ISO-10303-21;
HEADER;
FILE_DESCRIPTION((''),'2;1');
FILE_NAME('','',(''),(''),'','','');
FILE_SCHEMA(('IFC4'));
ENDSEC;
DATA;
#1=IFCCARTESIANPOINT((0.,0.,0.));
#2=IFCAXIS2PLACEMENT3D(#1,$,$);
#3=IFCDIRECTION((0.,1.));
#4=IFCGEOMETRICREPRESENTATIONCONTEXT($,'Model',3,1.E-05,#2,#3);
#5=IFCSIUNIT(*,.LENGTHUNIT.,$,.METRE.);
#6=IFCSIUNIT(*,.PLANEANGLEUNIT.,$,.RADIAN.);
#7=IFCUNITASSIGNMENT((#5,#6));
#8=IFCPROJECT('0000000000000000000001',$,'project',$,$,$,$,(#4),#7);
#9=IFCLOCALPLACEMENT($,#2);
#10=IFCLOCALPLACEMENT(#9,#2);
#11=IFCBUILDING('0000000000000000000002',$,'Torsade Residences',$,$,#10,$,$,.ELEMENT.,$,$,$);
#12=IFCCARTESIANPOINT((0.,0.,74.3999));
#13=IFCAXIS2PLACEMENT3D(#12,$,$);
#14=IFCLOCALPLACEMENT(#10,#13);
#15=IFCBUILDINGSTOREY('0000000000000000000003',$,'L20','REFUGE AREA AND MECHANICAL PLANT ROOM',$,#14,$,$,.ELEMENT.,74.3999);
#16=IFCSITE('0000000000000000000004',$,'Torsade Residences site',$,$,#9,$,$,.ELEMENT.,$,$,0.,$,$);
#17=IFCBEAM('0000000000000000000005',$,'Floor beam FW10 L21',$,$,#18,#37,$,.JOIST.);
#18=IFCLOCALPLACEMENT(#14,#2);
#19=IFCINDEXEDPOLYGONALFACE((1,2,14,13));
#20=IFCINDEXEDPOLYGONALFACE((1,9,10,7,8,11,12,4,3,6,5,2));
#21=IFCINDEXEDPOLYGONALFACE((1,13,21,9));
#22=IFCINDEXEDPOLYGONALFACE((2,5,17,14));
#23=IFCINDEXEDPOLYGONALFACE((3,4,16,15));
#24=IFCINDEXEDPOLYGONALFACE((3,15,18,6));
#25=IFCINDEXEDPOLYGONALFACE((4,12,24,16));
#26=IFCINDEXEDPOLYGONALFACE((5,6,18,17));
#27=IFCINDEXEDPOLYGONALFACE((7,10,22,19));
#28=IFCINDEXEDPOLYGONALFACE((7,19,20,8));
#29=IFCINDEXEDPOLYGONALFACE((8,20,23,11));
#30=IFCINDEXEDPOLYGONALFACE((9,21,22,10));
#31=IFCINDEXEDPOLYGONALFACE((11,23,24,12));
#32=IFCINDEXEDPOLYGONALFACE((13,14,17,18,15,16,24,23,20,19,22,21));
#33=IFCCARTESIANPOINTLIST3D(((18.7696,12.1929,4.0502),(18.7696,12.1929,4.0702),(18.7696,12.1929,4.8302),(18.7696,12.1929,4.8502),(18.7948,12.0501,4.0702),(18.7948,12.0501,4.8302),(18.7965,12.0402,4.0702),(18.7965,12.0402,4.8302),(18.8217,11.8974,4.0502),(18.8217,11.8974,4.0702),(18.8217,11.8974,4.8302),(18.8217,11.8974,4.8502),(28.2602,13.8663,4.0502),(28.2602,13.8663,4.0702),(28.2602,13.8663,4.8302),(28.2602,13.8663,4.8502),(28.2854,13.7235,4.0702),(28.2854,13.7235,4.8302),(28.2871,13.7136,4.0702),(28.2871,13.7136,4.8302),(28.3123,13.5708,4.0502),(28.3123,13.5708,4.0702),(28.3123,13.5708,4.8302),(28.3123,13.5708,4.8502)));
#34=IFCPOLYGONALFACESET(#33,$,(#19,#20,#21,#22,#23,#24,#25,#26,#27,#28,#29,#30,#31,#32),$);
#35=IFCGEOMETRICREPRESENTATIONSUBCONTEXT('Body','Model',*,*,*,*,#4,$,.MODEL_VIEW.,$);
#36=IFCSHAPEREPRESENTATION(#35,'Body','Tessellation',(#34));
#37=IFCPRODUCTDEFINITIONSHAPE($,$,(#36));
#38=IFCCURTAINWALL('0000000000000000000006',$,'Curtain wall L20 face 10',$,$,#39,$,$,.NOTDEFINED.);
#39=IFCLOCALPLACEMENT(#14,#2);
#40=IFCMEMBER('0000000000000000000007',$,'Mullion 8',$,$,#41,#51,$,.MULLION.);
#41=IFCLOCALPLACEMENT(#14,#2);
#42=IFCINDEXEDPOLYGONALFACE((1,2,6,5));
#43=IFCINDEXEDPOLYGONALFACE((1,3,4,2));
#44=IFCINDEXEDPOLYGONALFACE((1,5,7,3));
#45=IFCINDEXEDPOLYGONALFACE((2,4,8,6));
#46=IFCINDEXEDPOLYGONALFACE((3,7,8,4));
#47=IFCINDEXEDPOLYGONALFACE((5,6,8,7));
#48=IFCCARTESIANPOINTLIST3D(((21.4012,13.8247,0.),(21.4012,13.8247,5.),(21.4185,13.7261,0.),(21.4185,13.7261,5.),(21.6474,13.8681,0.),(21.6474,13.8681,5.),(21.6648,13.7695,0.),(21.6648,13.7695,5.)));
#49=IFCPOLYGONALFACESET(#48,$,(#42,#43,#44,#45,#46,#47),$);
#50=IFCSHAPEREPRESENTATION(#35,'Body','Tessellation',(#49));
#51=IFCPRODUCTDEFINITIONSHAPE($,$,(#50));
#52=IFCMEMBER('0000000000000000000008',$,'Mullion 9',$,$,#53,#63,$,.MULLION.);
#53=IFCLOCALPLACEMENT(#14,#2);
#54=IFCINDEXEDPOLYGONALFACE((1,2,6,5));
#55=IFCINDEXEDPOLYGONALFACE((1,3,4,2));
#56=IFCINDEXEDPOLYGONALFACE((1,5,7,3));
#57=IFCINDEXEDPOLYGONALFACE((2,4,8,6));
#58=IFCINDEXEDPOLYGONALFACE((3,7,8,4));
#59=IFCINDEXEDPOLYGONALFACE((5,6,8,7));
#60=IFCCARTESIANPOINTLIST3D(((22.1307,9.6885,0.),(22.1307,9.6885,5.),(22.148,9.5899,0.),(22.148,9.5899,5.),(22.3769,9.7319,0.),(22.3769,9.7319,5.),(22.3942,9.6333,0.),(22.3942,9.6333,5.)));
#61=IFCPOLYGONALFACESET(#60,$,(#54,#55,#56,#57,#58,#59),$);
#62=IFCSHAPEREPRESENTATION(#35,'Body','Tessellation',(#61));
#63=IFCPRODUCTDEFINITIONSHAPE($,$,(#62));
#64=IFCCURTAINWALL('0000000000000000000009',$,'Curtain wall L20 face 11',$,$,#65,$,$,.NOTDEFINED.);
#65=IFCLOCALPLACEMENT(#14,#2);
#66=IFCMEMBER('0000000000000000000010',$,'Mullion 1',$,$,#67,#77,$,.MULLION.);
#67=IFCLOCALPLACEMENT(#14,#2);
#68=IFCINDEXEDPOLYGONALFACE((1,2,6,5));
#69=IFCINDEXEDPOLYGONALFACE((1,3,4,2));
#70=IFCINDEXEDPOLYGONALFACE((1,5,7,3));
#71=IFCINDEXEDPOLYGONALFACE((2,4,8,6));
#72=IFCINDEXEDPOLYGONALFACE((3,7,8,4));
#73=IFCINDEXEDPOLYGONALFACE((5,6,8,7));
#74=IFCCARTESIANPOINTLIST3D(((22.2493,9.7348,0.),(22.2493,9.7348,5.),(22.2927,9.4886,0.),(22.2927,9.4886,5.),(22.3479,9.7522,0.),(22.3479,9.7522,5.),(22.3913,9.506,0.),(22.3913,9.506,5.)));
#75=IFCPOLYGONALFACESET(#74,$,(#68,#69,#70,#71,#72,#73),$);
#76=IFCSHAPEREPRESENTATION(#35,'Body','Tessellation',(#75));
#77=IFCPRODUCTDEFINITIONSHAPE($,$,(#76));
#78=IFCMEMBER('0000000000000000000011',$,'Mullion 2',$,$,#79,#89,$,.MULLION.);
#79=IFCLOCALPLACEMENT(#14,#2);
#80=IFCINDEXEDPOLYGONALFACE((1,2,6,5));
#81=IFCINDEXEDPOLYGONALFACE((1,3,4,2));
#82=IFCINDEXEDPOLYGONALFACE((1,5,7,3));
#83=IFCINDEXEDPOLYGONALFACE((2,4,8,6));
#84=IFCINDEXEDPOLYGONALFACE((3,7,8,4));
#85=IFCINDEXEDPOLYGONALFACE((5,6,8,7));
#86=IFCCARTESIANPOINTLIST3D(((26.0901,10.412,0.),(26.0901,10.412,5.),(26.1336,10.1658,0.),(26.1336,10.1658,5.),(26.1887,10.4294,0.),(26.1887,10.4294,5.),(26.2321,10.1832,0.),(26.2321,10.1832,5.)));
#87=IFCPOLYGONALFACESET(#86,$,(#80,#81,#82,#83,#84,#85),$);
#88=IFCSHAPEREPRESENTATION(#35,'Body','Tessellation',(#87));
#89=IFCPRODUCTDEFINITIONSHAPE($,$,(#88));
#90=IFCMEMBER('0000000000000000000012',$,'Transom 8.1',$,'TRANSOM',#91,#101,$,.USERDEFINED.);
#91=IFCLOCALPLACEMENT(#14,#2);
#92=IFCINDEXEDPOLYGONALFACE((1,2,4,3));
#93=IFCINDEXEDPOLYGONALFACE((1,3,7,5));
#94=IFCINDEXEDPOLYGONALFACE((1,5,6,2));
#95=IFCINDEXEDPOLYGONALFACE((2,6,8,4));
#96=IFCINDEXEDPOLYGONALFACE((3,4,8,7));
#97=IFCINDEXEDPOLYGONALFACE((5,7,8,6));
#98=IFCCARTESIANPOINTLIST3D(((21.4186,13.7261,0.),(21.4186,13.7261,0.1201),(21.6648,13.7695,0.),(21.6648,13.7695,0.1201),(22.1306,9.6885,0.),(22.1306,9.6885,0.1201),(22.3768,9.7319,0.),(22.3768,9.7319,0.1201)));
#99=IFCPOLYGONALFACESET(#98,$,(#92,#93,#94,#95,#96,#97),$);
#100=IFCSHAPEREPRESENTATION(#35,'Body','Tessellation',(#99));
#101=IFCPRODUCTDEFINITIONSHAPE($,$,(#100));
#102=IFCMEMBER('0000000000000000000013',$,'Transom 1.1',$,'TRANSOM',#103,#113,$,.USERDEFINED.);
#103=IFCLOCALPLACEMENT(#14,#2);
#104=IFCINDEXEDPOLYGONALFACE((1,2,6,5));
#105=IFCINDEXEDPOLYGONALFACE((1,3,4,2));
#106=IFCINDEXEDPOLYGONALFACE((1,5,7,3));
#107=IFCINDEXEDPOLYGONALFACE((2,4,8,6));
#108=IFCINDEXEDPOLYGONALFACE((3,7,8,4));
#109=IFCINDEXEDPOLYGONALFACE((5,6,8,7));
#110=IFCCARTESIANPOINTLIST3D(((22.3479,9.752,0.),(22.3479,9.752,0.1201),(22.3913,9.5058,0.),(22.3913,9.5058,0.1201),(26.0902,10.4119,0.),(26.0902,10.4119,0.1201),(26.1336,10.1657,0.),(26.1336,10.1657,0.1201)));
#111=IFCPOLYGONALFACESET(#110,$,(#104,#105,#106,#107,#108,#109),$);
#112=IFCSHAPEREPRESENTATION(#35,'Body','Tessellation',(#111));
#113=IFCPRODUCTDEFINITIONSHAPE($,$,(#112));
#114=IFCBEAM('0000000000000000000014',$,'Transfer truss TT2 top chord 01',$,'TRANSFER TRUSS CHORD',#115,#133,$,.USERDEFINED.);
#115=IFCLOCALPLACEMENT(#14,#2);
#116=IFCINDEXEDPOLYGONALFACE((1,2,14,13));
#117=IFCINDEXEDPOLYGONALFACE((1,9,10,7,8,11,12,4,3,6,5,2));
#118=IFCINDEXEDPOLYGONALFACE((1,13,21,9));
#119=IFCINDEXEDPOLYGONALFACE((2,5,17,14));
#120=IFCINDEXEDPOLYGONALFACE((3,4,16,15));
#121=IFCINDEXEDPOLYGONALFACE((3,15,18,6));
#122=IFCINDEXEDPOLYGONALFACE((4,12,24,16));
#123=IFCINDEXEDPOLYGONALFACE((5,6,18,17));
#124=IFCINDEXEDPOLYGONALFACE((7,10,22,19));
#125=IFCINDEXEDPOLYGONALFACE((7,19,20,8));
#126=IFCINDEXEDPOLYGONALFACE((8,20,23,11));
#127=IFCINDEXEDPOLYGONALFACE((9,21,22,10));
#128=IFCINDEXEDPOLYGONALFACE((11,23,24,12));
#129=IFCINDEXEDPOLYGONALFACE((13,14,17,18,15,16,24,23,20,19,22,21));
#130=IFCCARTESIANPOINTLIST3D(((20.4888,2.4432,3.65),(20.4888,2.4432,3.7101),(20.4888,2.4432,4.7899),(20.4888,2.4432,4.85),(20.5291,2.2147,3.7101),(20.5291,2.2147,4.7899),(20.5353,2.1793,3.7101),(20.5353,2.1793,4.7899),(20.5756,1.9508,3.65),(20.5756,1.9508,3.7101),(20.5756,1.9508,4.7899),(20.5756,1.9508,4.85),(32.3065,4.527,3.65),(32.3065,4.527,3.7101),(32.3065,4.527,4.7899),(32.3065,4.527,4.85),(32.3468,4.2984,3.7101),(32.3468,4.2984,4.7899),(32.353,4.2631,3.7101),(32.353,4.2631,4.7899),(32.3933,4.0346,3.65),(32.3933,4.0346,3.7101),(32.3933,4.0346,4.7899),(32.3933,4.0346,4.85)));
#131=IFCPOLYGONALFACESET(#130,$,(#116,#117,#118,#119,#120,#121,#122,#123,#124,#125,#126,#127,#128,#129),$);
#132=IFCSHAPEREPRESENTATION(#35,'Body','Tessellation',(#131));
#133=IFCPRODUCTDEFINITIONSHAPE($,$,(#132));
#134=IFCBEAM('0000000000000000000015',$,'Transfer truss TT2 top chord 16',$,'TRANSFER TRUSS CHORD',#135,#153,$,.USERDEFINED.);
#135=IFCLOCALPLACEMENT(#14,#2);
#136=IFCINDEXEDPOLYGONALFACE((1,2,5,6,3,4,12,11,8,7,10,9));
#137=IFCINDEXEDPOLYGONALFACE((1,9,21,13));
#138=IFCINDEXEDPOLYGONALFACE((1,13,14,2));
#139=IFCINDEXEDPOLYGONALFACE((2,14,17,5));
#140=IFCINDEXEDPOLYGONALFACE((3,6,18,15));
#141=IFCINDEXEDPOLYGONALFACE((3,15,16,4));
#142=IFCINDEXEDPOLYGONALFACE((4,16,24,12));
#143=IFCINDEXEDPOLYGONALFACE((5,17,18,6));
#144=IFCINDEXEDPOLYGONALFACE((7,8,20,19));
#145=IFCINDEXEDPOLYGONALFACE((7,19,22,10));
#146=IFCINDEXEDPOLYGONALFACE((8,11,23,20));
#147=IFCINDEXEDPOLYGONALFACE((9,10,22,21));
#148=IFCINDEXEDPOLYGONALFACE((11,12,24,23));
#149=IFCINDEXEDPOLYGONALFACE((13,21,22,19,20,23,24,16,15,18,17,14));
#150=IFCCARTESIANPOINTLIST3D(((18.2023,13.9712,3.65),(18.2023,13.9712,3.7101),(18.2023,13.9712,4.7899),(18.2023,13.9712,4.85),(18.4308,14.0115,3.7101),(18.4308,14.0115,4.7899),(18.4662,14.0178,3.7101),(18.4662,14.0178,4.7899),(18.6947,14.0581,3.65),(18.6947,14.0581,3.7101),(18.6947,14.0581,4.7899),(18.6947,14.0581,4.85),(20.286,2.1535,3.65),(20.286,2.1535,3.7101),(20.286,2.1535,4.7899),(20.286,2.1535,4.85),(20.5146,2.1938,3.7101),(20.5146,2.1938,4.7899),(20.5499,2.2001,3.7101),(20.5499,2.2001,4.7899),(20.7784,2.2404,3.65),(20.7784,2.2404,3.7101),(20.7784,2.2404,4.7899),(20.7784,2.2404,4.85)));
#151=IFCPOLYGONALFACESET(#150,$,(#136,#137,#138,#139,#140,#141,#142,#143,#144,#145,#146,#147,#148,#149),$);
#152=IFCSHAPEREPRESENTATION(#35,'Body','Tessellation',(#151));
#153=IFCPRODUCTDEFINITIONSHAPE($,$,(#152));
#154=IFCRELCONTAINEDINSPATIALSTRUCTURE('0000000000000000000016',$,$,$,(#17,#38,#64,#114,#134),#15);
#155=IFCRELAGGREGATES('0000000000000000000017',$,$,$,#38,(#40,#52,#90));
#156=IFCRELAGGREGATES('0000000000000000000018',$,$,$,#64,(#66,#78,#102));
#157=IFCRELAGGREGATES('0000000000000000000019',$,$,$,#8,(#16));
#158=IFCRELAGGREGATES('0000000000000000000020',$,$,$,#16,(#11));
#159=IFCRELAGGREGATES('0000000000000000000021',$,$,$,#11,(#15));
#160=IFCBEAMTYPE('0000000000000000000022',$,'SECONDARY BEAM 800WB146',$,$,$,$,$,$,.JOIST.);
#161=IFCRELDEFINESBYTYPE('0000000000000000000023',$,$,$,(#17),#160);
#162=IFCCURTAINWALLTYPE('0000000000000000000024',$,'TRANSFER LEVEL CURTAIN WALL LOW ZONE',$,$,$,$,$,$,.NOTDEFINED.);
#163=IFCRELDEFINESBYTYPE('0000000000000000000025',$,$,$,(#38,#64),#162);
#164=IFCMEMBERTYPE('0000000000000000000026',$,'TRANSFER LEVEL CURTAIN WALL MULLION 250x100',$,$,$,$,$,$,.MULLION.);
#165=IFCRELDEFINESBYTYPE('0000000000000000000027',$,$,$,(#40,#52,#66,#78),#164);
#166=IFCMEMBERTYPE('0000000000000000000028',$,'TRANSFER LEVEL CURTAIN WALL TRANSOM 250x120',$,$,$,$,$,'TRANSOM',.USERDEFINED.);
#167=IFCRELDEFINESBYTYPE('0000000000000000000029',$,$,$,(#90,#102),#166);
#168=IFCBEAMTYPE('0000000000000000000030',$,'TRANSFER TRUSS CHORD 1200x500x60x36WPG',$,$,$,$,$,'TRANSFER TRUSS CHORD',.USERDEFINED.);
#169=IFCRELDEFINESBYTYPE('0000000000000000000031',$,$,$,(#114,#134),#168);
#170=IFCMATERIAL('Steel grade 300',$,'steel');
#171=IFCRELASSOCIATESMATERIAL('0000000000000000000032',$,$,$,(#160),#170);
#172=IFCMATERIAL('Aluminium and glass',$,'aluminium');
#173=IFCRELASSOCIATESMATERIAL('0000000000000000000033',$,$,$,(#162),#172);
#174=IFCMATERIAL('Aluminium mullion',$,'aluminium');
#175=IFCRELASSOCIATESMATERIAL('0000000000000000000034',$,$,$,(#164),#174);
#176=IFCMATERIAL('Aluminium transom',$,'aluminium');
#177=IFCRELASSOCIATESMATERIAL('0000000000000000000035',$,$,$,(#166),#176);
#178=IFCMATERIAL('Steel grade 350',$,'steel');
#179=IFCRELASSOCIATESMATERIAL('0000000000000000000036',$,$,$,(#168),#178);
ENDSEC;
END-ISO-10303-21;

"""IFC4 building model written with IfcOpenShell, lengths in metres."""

from ifc_helpers import new_model, si_unit, direction, frame, origin, origin_2d, place, context, subcontext, project, spatial, rectangle, i_section, extrude, material, material_profile, profile_set, type_object, element, aggregate, save


model = new_model("IFC4")

# Units and contexts
model_context = context("Model", 3, precision=1e-05, world=origin(), true_north=direction((0.0, 1.0)))
body_context = subcontext(model_context, "Body", "Model", "MODEL_VIEW")
ifc_project = project(units=[si_unit("LENGTHUNIT", "METRE"), si_unit("PLANEANGLEUNIT", "RADIAN")], contexts=[model_context])

# Site, building, storey
site_placement = place(None, origin())
site = spatial("IfcSite", under=ifc_project, at=site_placement, Name="Torsade Residences site", CompositionType="ELEMENT", RefElevation=0.0)
building_placement = place(site_placement, origin())
building = spatial("IfcBuilding", under=site, at=building_placement, Name="Torsade Residences", CompositionType="ELEMENT")
storey_placement = place(building_placement, frame((0.0, 0.0, 74.3999)))
storey = spatial("IfcBuildingStorey", under=building, at=storey_placement, Name="L20", Description="REFUGE AREA AND MECHANICAL PLANT ROOM", CompositionType="ELEMENT", Elevation=74.3999)

# Beam
ifc_material_1 = material(Name="Steel grade 300", Category="steel")
ifc_material_profile_1 = material_profile(ifc_material_1, i_section(OverallWidth=0.3, OverallDepth=0.8, WebThickness=0.01, FlangeThickness=0.02, at=origin_2d()), Name="800WB146")
ifc_profile_set_1 = profile_set([ifc_material_profile_1], Name="Steel grade 300")
beam_type_1 = type_object("IfcBeamType", Name="SECONDARY BEAM 800WB146", PredefinedType="JOIST", material=ifc_profile_set_1)
beam_1_placement = place(storey_placement, frame((18.7957, 12.0452, 4.4502), z_axis=(0.984809, 0.173639, 0.0), x_axis=(-0.173639, 0.984809, 0.0)))
element("IfcBeam", 1, at=beam_1_placement, inside=storey, type_object=beam_type_1, Name="Floor beam FW10 L21", PredefinedType="JOIST", context=body_context, shape_type="SweptSolid", body=[
    extrude(i_section(OverallWidth=0.3, OverallDepth=0.8, WebThickness=0.01, FlangeThickness=0.02, at=origin_2d()), origin(), (0.0, 0.0, 1.0), 9.637),
])

# Curtain walls, members
ifc_material_2 = material(Name="Aluminium and glass", Category="aluminium")
curtain_wall_type = type_object("IfcCurtainWallType", Name="TRANSFER LEVEL CURTAIN WALL LOW ZONE", PredefinedType="NOTDEFINED", material=ifc_material_2)
curtain_wall_1_placement = place(storey_placement, origin())
curtain_wall_1 = element("IfcCurtainWall", 2, at=curtain_wall_1_placement, inside=storey, type_object=curtain_wall_type, Name="Curtain wall L20 face 10", PredefinedType="NOTDEFINED")
ifc_material_3 = material(Name="Aluminium mullion", Category="aluminium")
ifc_material_profile_2 = material_profile(ifc_material_3, rectangle(XDim=0.25, YDim=0.1001, at=origin_2d()), Name="TRANSFER LEVEL CURTAIN WALL MULLION 250x100")
ifc_profile_set_2 = profile_set([ifc_material_profile_2], Name="Aluminium mullion")
member_type_1 = type_object("IfcMemberType", Name="TRANSFER LEVEL CURTAIN WALL MULLION 250x100", PredefinedType="MULLION", material=ifc_profile_set_2)
member_1_placement = place(storey_placement, frame((21.533, 13.7971, 0.0), z_axis=(0.0, 0.0, 1.0), x_axis=(0.984808, 0.173648, 0.0)))
member_1 = element("IfcMember", 3, at=member_1_placement, type_object=member_type_1, Name="Mullion 8", PredefinedType="MULLION", context=body_context, shape_type="SweptSolid", body=[
    extrude(rectangle(XDim=0.25, YDim=0.1001, at=origin_2d()), origin(), (0.0, 0.0, 1.0), 5.0),
])
member_2_placement = place(storey_placement, frame((22.2625, 9.6609, 0.0), z_axis=(0.0, 0.0, 1.0), x_axis=(0.984808, 0.173648, 0.0)))
member_2 = element("IfcMember", 4, at=member_2_placement, type_object=member_type_1, Name="Mullion 9", PredefinedType="MULLION", context=body_context, shape_type="SweptSolid", body=[
    extrude(rectangle(XDim=0.25, YDim=0.1001, at=origin_2d()), origin(), (0.0, 0.0, 1.0), 5.0),
])
curtain_wall_2_placement = place(storey_placement, origin())
curtain_wall_2 = element("IfcCurtainWall", 5, at=curtain_wall_2_placement, inside=storey, type_object=curtain_wall_type, Name="Curtain wall L20 face 11", PredefinedType="NOTDEFINED")
member_3_placement = place(storey_placement, frame((22.3203, 9.6204, 0.0), z_axis=(0.0, 0.0, 1.0), x_axis=(-0.173648, 0.984808, 0.0)))
member_3 = element("IfcMember", 6, at=member_3_placement, type_object=member_type_1, Name="Mullion 1", PredefinedType="MULLION", context=body_context, shape_type="SweptSolid", body=[
    extrude(rectangle(XDim=0.25, YDim=0.1001, at=origin_2d()), origin(), (0.0, 0.0, 1.0), 5.0),
])
member_4_placement = place(storey_placement, frame((26.1611, 10.2976, 0.0), z_axis=(0.0, 0.0, 1.0), x_axis=(-0.173648, 0.984808, 0.0)))
member_4 = element("IfcMember", 7, at=member_4_placement, type_object=member_type_1, Name="Mullion 2", PredefinedType="MULLION", context=body_context, shape_type="SweptSolid", body=[
    extrude(rectangle(XDim=0.25, YDim=0.1001, at=origin_2d()), origin(), (0.0, 0.0, 1.0), 5.0),
])

# Members
ifc_material_4 = material(Name="Aluminium transom", Category="aluminium")
ifc_material_profile_3 = material_profile(ifc_material_4, rectangle(XDim=0.25, YDim=0.1201, at=origin_2d()), Name="TRANSFER LEVEL CURTAIN WALL TRANSOM 250x120")
ifc_profile_set_3 = profile_set([ifc_material_profile_3], Name="Aluminium transom")
member_type_2 = type_object("IfcMemberType", Name="TRANSFER LEVEL CURTAIN WALL TRANSOM 250x120", ElementType="TRANSOM", PredefinedType="USERDEFINED", material=ifc_profile_set_3)
member_5_placement = place(storey_placement, frame((21.5417, 13.7478, 0.0601), z_axis=(0.173643, -0.984809, 0.0), x_axis=(0.984809, 0.173643, 0.0)))
member_5 = element("IfcMember", 8, at=member_5_placement, type_object=member_type_2, Name="Transom 8.1", ObjectType="TRANSOM", PredefinedType="USERDEFINED", context=body_context, shape_type="SweptSolid", body=[
    extrude(rectangle(XDim=0.25, YDim=0.1201, at=origin_2d()), origin(), (0.0, 0.0, 1.0), 4.0999),
])
member_6_placement = place(storey_placement, frame((22.3696, 9.6289, 0.0601), z_axis=(0.984805, 0.173664, 0.0), x_axis=(-0.173664, 0.984805, 0.0)))
member_6 = element("IfcMember", 9, at=member_6_placement, type_object=member_type_2, Name="Transom 1.1", ObjectType="TRANSOM", PredefinedType="USERDEFINED", context=body_context, shape_type="SweptSolid", body=[
    extrude(rectangle(XDim=0.25, YDim=0.1201, at=origin_2d()), origin(), (0.0, 0.0, 1.0), 3.8),
])

# Beams
ifc_material_5 = material(Name="Steel grade 350", Category="steel")
ifc_material_profile_4 = material_profile(ifc_material_5, i_section(OverallWidth=0.5, OverallDepth=1.2, WebThickness=0.0359, FlangeThickness=0.0601, at=origin_2d()), Name="1200x500x60x36WPG")
ifc_profile_set_4 = profile_set([ifc_material_profile_4], Name="Steel grade 350")
beam_type_2 = type_object("IfcBeamType", Name="TRANSFER TRUSS CHORD 1200x500x60x36WPG", ElementType="TRANSFER TRUSS CHORD", PredefinedType="USERDEFINED", material=ifc_profile_set_4)
for number, where, z_axis, x_axis, name in (
    (10, (20.5322, 2.197, 4.25), (0.984808, 0.173646, 0.0), (-0.173646, 0.984808, 0.0), "Transfer truss TT2 top chord 01"),
    (11, (18.4485, 14.0146, 4.25), (0.173646, -0.984808, 0.0), (0.984808, 0.173646, 0.0), "Transfer truss TT2 top chord 16"),
):
    element("IfcBeam", number, at=place(storey_placement, frame(where, z_axis=z_axis, x_axis=x_axis)), inside=storey, type_object=beam_type_2, Name=name, ObjectType="TRANSFER TRUSS CHORD", PredefinedType="USERDEFINED", context=body_context, shape_type="SweptSolid", body=[
        extrude(i_section(OverallWidth=0.5, OverallDepth=1.2, WebThickness=0.0359, FlangeThickness=0.0601, at=origin_2d()), origin(), (0.0, 0.0, 1.0), 12.0),
    ])

aggregate(curtain_wall_1, [member_1, member_2, member_5])
aggregate(curtain_wall_2, [member_3, member_4, member_6])

save(model, "model.ifc")
